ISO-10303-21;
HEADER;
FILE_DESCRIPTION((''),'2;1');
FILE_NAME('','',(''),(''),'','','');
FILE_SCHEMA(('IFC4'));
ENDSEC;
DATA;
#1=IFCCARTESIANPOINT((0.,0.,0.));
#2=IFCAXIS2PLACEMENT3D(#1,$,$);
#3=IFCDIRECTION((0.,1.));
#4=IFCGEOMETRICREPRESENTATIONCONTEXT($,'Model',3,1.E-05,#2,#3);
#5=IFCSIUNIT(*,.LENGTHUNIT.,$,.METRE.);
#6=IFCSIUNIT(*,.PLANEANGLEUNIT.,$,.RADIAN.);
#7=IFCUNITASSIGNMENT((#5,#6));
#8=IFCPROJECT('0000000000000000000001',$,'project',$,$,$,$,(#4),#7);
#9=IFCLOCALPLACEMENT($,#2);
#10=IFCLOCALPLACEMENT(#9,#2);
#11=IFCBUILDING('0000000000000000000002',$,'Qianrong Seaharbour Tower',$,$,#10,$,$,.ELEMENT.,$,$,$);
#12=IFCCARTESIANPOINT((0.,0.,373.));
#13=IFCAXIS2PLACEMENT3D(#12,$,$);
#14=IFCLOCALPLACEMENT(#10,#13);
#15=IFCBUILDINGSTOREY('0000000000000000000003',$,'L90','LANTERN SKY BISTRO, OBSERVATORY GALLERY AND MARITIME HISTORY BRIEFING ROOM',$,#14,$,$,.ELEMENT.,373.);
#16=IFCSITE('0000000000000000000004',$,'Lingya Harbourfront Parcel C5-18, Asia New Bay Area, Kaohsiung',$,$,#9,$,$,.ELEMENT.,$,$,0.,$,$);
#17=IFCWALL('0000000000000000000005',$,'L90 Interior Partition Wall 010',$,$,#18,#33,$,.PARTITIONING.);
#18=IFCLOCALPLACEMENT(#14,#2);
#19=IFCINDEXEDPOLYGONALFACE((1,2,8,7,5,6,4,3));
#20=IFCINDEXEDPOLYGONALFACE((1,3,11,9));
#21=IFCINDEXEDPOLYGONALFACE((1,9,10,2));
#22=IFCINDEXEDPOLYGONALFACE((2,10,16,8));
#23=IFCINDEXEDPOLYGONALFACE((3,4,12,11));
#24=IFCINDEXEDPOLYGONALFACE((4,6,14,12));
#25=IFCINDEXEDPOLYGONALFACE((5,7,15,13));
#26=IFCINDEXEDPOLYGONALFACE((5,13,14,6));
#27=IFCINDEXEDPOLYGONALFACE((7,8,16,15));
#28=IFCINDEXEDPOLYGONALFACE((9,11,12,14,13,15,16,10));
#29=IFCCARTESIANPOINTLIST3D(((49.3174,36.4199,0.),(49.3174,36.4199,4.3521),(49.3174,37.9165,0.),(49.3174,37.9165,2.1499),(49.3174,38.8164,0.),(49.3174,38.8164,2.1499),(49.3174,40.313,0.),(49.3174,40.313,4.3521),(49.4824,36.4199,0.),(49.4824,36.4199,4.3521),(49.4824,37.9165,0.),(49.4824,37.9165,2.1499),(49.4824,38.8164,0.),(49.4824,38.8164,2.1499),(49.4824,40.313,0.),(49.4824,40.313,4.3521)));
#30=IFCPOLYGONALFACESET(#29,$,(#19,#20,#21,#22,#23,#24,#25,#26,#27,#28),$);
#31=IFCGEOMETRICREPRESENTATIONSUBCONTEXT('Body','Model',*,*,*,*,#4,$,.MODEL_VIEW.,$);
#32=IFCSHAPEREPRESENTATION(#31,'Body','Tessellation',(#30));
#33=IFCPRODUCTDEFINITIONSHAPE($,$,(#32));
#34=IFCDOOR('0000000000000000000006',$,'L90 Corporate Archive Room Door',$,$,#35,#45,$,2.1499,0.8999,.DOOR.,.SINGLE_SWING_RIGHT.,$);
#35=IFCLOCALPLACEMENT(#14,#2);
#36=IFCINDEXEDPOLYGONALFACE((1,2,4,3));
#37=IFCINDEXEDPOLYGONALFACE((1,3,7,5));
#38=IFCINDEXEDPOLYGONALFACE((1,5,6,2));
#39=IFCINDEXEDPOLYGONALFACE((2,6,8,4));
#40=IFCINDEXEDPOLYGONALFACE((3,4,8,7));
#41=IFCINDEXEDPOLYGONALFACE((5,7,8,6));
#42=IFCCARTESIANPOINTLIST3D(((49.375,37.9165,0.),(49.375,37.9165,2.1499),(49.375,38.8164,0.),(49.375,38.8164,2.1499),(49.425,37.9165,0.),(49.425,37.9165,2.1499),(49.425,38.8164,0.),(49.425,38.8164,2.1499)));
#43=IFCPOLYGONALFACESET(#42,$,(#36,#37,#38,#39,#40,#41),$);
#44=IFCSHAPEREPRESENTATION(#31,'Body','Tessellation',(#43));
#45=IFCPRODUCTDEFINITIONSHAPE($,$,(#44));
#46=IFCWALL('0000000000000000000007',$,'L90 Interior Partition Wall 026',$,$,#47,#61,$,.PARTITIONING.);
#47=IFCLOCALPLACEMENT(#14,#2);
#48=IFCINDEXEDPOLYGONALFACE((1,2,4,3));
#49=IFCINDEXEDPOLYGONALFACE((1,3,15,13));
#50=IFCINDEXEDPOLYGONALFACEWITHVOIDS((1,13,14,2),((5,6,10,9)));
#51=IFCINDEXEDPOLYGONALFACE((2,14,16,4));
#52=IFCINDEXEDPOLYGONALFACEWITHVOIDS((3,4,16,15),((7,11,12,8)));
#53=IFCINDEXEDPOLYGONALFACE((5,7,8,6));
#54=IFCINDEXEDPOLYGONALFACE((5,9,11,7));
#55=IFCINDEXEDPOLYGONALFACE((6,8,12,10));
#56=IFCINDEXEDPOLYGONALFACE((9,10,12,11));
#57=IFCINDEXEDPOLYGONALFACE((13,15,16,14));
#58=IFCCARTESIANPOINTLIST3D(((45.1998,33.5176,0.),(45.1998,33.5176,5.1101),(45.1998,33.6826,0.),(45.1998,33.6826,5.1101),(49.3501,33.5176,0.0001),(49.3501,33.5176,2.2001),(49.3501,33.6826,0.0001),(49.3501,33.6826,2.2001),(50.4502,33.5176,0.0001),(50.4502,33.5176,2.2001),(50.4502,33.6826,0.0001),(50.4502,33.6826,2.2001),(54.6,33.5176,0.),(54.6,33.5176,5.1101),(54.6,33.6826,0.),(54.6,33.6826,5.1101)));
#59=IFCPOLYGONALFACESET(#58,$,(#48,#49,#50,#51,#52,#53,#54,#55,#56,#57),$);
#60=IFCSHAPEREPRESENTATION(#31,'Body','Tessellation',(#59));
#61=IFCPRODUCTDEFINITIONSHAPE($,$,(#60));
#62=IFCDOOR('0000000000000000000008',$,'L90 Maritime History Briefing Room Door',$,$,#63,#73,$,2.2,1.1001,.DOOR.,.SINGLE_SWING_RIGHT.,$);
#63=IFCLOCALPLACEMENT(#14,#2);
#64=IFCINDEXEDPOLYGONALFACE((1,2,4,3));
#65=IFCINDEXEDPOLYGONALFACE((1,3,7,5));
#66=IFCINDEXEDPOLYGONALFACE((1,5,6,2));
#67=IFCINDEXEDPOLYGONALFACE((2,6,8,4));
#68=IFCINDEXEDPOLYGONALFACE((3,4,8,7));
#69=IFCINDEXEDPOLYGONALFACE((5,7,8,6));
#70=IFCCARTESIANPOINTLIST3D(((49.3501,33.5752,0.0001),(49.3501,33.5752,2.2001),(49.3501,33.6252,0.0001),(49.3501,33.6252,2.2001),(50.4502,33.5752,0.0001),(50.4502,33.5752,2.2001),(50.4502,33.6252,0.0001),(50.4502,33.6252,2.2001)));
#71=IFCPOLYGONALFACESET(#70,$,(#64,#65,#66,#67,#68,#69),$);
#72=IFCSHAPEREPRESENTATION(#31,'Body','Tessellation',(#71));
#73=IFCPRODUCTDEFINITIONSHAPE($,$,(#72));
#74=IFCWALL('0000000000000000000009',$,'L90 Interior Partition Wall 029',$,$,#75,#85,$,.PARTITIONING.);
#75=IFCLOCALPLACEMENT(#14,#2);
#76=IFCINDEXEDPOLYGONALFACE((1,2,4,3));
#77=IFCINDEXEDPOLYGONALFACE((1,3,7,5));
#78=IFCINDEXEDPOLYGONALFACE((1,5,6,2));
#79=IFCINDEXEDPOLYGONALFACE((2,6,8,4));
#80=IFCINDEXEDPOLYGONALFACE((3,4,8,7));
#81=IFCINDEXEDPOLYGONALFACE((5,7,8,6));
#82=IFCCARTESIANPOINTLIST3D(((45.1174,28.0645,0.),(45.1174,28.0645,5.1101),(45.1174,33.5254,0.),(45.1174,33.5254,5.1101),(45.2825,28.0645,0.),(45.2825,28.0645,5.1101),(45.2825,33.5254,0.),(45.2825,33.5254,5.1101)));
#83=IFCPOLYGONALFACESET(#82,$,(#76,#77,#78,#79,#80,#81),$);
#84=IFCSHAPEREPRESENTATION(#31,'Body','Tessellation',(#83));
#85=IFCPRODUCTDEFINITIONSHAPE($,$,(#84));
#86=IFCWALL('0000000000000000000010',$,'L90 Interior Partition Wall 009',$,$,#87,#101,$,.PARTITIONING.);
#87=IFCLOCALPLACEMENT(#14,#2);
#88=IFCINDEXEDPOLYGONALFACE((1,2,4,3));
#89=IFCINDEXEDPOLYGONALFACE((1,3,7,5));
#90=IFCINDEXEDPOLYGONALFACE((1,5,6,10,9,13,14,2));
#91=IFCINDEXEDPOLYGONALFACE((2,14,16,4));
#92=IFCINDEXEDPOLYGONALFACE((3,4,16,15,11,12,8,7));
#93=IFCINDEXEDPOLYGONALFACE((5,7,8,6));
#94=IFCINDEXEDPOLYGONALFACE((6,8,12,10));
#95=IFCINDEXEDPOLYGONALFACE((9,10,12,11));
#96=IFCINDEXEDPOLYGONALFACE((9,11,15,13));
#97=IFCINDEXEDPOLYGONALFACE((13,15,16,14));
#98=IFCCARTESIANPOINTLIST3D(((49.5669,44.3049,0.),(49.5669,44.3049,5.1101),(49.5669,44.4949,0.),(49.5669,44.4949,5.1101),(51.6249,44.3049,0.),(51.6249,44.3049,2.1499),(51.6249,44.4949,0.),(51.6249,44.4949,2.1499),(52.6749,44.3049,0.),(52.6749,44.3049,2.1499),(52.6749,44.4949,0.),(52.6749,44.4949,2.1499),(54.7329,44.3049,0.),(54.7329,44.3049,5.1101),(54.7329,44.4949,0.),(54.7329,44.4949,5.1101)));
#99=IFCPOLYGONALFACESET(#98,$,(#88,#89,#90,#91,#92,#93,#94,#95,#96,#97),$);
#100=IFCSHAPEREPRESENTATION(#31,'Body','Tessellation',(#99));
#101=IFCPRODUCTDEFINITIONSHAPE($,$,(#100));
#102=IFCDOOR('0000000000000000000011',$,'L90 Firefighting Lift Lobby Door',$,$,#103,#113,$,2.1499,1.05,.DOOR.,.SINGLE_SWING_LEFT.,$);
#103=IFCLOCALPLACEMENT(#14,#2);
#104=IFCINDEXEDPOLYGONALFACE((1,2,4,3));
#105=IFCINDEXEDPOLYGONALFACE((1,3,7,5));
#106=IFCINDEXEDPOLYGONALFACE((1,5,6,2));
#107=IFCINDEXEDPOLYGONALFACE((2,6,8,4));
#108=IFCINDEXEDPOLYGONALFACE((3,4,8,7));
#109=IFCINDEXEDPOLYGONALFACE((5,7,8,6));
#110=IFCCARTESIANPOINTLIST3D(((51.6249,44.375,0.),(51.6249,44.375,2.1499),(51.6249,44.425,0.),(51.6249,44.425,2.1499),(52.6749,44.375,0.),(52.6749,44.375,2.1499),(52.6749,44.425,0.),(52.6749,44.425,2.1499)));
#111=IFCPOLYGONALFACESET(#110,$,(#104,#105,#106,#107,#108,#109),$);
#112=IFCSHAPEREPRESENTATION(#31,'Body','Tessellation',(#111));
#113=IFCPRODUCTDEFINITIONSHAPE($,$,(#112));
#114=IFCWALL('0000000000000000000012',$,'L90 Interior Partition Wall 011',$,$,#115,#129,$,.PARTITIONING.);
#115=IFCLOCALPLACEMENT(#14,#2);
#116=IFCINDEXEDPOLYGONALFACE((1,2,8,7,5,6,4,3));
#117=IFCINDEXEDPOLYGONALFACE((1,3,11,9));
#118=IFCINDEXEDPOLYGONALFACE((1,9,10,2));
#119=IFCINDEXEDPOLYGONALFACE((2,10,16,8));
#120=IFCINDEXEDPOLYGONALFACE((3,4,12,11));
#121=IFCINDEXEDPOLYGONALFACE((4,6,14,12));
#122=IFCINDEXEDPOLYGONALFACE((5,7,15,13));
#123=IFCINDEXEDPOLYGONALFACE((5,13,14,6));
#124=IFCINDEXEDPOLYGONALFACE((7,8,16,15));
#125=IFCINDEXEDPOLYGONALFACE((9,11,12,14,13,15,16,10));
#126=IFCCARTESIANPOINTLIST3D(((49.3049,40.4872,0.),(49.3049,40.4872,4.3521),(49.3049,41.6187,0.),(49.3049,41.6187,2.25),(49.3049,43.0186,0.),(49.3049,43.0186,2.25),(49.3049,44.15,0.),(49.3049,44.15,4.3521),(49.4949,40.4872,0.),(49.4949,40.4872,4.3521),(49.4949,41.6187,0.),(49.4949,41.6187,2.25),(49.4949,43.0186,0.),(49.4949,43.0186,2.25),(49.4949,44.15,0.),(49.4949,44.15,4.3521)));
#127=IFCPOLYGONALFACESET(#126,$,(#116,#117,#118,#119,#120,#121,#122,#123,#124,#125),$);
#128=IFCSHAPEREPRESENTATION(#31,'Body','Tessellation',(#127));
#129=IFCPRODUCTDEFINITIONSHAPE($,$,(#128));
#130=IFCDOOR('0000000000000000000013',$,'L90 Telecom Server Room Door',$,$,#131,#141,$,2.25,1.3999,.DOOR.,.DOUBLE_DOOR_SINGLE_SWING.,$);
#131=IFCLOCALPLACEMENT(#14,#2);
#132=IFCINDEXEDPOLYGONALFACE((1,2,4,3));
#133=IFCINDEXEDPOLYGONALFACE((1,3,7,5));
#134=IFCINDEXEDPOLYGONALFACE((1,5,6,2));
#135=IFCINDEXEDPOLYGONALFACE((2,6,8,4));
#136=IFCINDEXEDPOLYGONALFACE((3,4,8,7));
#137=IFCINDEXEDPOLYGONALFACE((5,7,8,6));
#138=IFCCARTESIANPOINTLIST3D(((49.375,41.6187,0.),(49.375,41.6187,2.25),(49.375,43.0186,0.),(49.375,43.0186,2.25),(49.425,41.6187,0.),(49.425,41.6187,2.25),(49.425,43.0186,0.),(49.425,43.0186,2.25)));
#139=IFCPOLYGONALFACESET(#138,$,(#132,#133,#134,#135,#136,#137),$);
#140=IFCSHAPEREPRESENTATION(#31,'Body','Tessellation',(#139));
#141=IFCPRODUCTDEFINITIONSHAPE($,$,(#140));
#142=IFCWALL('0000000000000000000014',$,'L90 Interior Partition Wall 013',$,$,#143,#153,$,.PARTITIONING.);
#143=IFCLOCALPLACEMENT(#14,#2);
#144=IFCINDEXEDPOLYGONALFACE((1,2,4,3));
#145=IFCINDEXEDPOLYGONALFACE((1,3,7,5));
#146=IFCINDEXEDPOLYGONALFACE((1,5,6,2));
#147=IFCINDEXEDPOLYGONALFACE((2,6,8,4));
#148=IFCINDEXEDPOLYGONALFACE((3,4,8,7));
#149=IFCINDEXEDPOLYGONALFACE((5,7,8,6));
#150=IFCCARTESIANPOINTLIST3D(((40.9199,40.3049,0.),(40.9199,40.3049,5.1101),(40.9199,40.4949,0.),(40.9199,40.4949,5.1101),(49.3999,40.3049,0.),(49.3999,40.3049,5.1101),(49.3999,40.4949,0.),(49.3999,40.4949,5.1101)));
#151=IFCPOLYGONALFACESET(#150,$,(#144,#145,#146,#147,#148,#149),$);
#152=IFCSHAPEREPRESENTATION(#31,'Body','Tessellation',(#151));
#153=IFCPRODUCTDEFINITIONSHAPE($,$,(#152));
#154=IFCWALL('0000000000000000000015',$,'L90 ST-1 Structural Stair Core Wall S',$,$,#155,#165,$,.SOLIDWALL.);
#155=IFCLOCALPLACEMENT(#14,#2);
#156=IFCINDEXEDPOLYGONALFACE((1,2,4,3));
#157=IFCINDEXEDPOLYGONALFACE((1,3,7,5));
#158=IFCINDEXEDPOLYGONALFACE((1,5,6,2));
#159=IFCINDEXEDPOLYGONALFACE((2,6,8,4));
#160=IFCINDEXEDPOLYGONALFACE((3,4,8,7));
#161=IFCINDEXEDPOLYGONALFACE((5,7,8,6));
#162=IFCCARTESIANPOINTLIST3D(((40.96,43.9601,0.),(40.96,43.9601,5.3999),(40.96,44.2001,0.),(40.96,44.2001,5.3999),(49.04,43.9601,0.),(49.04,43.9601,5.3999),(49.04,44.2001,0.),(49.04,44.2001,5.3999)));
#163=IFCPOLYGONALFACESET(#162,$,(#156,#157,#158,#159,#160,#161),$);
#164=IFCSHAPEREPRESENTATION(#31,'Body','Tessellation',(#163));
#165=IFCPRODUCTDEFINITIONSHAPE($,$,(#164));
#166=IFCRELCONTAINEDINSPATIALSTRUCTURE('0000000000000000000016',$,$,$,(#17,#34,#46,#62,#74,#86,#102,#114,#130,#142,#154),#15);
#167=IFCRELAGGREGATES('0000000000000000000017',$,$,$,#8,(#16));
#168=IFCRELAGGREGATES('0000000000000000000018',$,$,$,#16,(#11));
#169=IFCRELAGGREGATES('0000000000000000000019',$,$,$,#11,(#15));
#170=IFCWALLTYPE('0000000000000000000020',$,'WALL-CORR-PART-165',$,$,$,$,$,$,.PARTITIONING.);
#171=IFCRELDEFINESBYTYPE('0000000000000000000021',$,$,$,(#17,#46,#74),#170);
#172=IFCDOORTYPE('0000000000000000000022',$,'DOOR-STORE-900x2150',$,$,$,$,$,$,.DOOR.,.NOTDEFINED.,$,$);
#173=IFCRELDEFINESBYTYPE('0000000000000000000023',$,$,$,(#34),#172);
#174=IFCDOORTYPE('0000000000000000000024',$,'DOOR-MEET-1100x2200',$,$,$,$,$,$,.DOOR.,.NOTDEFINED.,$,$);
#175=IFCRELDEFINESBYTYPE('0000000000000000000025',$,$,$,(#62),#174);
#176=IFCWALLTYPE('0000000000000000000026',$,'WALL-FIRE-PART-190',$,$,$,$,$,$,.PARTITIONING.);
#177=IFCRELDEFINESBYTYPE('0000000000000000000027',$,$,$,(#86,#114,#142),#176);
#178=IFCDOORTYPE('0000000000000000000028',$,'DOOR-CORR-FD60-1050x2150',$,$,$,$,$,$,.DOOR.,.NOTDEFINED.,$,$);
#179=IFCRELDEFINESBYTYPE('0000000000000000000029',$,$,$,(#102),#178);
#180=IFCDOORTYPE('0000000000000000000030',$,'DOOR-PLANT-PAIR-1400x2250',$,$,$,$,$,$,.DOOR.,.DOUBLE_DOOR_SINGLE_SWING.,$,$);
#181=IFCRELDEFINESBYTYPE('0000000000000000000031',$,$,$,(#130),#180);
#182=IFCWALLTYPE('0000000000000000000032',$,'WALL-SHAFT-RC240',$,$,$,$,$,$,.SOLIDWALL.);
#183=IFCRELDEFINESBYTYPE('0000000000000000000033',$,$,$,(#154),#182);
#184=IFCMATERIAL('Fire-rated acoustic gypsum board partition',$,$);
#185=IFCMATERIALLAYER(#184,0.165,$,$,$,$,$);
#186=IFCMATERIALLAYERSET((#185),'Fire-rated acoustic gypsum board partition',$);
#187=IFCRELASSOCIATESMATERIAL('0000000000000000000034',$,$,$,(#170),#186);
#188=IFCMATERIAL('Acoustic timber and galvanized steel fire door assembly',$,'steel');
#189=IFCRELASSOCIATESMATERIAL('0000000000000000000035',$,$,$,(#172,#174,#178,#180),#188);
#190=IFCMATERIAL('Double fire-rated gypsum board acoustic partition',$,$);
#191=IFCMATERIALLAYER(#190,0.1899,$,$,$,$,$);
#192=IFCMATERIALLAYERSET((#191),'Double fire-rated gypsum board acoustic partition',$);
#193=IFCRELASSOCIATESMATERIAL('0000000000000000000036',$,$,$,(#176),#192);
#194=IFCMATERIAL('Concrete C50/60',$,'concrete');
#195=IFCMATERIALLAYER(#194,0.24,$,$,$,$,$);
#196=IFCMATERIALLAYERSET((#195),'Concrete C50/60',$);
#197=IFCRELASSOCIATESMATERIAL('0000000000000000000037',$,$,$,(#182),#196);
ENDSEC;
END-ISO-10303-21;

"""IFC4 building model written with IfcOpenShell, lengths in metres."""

from ifc_helpers import new_model, si_unit, direction, frame, frame_2d, origin, place, context, subcontext, project, spatial, rectangle, extrude, material, layer, layer_set, type_object, element, fill, save


model = new_model("IFC4")

# Units and contexts
model_context = context("Model", 3, precision=1e-05, world=origin(), true_north=direction((0.0, 1.0)))
body_context = subcontext(model_context, "Body", "Model", "MODEL_VIEW")
ifc_project = project(units=[si_unit("LENGTHUNIT", "METRE"), si_unit("PLANEANGLEUNIT", "RADIAN")], contexts=[model_context])

# Site, building, storey
site_placement = place(None, origin())
site = spatial("IfcSite", under=ifc_project, at=site_placement, Name="Lingya Harbourfront Parcel C5-18, Asia New Bay Area, Kaohsiung", CompositionType="ELEMENT", RefElevation=0.0)
building_placement = place(site_placement, origin())
building = spatial("IfcBuilding", under=site, at=building_placement, Name="Qianrong Seaharbour Tower", CompositionType="ELEMENT")
storey_placement = place(building_placement, frame((0.0, 0.0, 373.0)))
storey = spatial("IfcBuildingStorey", under=building, at=storey_placement, Name="L90", Description="LANTERN SKY BISTRO, OBSERVATORY GALLERY AND MARITIME HISTORY BRIEFING ROOM", CompositionType="ELEMENT", Elevation=373.0)

# Shared definitions
ifc_material_1 = material(Name="Concrete C50/60", Category="concrete")

# Walls, openings, doors
ifc_material_2 = material(Name="Fire-rated acoustic gypsum board partition")
ifc_layer_1 = layer(ifc_material_2, 0.165)
ifc_layer_set_1 = layer_set([ifc_layer_1], Name="Fire-rated acoustic gypsum board partition")
wall_type_1 = type_object("IfcWallType", Name="WALL-CORR-PART-165", PredefinedType="PARTITIONING", material=ifc_layer_set_1)
wall_1_placement = place(storey_placement, frame((49.3999, 36.4199, 0.0), z_axis=(0.0, 0.0, 1.0), x_axis=(0.0, 1.0, 0.0)))
wall_1 = element("IfcWall", 1, at=wall_1_placement, inside=storey, type_object=wall_type_1, Name="L90 Interior Partition Wall 010", PredefinedType="PARTITIONING", context=body_context, shape_type="SweptSolid", body=[
    extrude(rectangle(XDim=3.8931, YDim=0.165, at=frame_2d((1.9465, 0.0))), origin(), (0.0, 0.0, 1.0), 4.3521),
])
opening_1_placement = place(wall_1_placement, frame((1.4966, 0.0, 0.0)))
opening_1 = element("IfcOpeningElement", 2, at=opening_1_placement, cuts=wall_1, PredefinedType="OPENING", context=body_context, shape_type="SweptSolid", body=[
    extrude(rectangle(XDim=0.8999, YDim=2.1499, at=frame_2d((0.45, 1.075))), frame((0.0, 0.0925, 0.0), z_axis=(0.0, -1.0, 0.0), x_axis=(1.0, 0.0, 0.0)), (0.0, 0.0, 1.0), 0.1851),
])
ifc_material_3 = material(Name="Acoustic timber and galvanized steel fire door assembly", Category="steel")
door_type_1 = type_object("IfcDoorType", Name="DOOR-STORE-900x2150", OperationType="NOTDEFINED", PredefinedType="DOOR", material=ifc_material_3)
door_1_placement = place(opening_1_placement, origin())
door_1 = element("IfcDoor", 3, at=door_1_placement, inside=storey, type_object=door_type_1, Name="L90 Corporate Archive Room Door", OperationType="SINGLE_SWING_RIGHT", OverallHeight=2.1499, OverallWidth=0.8999, PredefinedType="DOOR", context=body_context, shape_type="SweptSolid", body=[
    extrude(rectangle(XDim=0.8999, YDim=2.1499, at=frame_2d((0.45, 1.075))), frame((0.0, 0.0249, 0.0), z_axis=(0.0, -1.0, 0.0), x_axis=(1.0, 0.0, 0.0)), (0.0, 0.0, 1.0), 0.05),
])
fill(opening_1, door_1)
wall_2_placement = place(storey_placement, frame((54.6001, 33.6001, 0.0), z_axis=(0.0, 0.0, 1.0), x_axis=(-1.0, 0.0, 0.0)))
wall_2 = element("IfcWall", 4, at=wall_2_placement, inside=storey, type_object=wall_type_1, Name="L90 Interior Partition Wall 026", PredefinedType="PARTITIONING", context=body_context, shape_type="SweptSolid", body=[
    extrude(rectangle(XDim=9.4001, YDim=0.165, at=frame_2d((4.7002, 0.0))), origin(), (0.0, 0.0, 1.0), 5.1101),
])
opening_2_placement = place(wall_2_placement, frame((4.1499, 0.0, 0.0)))
opening_2 = element("IfcOpeningElement", 5, at=opening_2_placement, cuts=wall_2, PredefinedType="OPENING", context=body_context, shape_type="SweptSolid", body=[
    extrude(rectangle(XDim=1.1001, YDim=2.2, at=frame_2d((0.55, 1.1001))), frame((0.0, 0.0925, 0.0), z_axis=(0.0, -1.0, 0.0), x_axis=(1.0, 0.0, 0.0)), (0.0, 0.0, 1.0), 0.1851),
])
door_type_2 = type_object("IfcDoorType", Name="DOOR-MEET-1100x2200", OperationType="NOTDEFINED", PredefinedType="DOOR", material=ifc_material_3)
door_2_placement = place(opening_2_placement, origin())
door_2 = element("IfcDoor", 6, at=door_2_placement, inside=storey, type_object=door_type_2, Name="L90 Maritime History Briefing Room Door", OperationType="SINGLE_SWING_RIGHT", OverallHeight=2.2, OverallWidth=1.1001, PredefinedType="DOOR", context=body_context, shape_type="SweptSolid", body=[
    extrude(rectangle(XDim=1.1001, YDim=2.2, at=frame_2d((0.55, 1.1001))), frame((0.0, 0.0249, 0.0), z_axis=(0.0, -1.0, 0.0), x_axis=(1.0, 0.0, 0.0)), (0.0, 0.0, 1.0), 0.05),
])
fill(opening_2, door_2)

# Wall
wall_3_placement = place(storey_placement, frame((45.2, 33.5254, 0.0), z_axis=(0.0, 0.0, 1.0), x_axis=(0.0, -1.0, 0.0)))
element("IfcWall", 7, at=wall_3_placement, inside=storey, type_object=wall_type_1, Name="L90 Interior Partition Wall 029", PredefinedType="PARTITIONING", context=body_context, shape_type="SweptSolid", body=[
    extrude(rectangle(XDim=5.4609, YDim=0.165, at=frame_2d((2.7305, 0.0))), origin(), (0.0, 0.0, 1.0), 5.1101),
])

# Walls, openings, doors
ifc_material_4 = material(Name="Double fire-rated gypsum board acoustic partition")
ifc_layer_2 = layer(ifc_material_4, 0.1899)
ifc_layer_set_2 = layer_set([ifc_layer_2], Name="Double fire-rated gypsum board acoustic partition")
wall_type_2 = type_object("IfcWallType", Name="WALL-FIRE-PART-190", PredefinedType="PARTITIONING", material=ifc_layer_set_2)
wall_4_placement = place(storey_placement, frame((54.7329, 44.3999, 0.0), z_axis=(0.0, 0.0, 1.0), x_axis=(-1.0, 0.0, 0.0)))
wall_4 = element("IfcWall", 8, at=wall_4_placement, inside=storey, type_object=wall_type_2, Name="L90 Interior Partition Wall 009", PredefinedType="PARTITIONING", context=body_context, shape_type="SweptSolid", body=[
    extrude(rectangle(XDim=5.166, YDim=0.1899, at=frame_2d((2.583, 0.0))), origin(), (0.0, 0.0, 1.0), 5.1101),
])
opening_3_placement = place(wall_4_placement, frame((2.0581, 0.0, 0.0)))
opening_3 = element("IfcOpeningElement", 9, at=opening_3_placement, cuts=wall_4, PredefinedType="OPENING", context=body_context, shape_type="SweptSolid", body=[
    extrude(rectangle(XDim=1.05, YDim=2.1499, at=frame_2d((0.5249, 1.075))), frame((0.0, 0.105, 0.0), z_axis=(0.0, -1.0, 0.0), x_axis=(1.0, 0.0, 0.0)), (0.0, 0.0, 1.0), 0.21),
])
door_type_3 = type_object("IfcDoorType", Name="DOOR-CORR-FD60-1050x2150", OperationType="NOTDEFINED", PredefinedType="DOOR", material=ifc_material_3)
door_3_placement = place(opening_3_placement, origin())
door_3 = element("IfcDoor", 10, at=door_3_placement, inside=storey, type_object=door_type_3, Name="L90 Firefighting Lift Lobby Door", OperationType="SINGLE_SWING_LEFT", OverallHeight=2.1499, OverallWidth=1.05, PredefinedType="DOOR", context=body_context, shape_type="SweptSolid", body=[
    extrude(rectangle(XDim=1.05, YDim=2.1499, at=frame_2d((0.5249, 1.075))), frame((0.0, 0.0249, 0.0), z_axis=(0.0, -1.0, 0.0), x_axis=(1.0, 0.0, 0.0)), (0.0, 0.0, 1.0), 0.05),
])
fill(opening_3, door_3)
wall_5_placement = place(storey_placement, frame((49.3999, 40.4871, 0.0), z_axis=(0.0, 0.0, 1.0), x_axis=(0.0, 1.0, 0.0)))
wall_5 = element("IfcWall", 11, at=wall_5_placement, inside=storey, type_object=wall_type_2, Name="L90 Interior Partition Wall 011", PredefinedType="PARTITIONING", context=body_context, shape_type="SweptSolid", body=[
    extrude(rectangle(XDim=3.6628, YDim=0.1899, at=frame_2d((1.8315, 0.0))), origin(), (0.0, 0.0, 1.0), 4.3521),
])
opening_4_placement = place(wall_5_placement, frame((1.1316, 0.0, 0.0)))
opening_4 = element("IfcOpeningElement", 12, at=opening_4_placement, cuts=wall_5, PredefinedType="OPENING", context=body_context, shape_type="SweptSolid", body=[
    extrude(rectangle(XDim=1.3999, YDim=2.25, at=frame_2d((0.7, 1.125))), frame((0.0, 0.105, 0.0), z_axis=(0.0, -1.0, 0.0), x_axis=(1.0, 0.0, 0.0)), (0.0, 0.0, 1.0), 0.21),
])
door_type_4 = type_object("IfcDoorType", Name="DOOR-PLANT-PAIR-1400x2250", OperationType="DOUBLE_DOOR_SINGLE_SWING", PredefinedType="DOOR", material=ifc_material_3)
door_4_placement = place(opening_4_placement, origin())
door_4 = element("IfcDoor", 13, at=door_4_placement, inside=storey, type_object=door_type_4, Name="L90 Telecom Server Room Door", OperationType="DOUBLE_DOOR_SINGLE_SWING", OverallHeight=2.25, OverallWidth=1.3999, PredefinedType="DOOR", context=body_context, shape_type="SweptSolid", body=[
    extrude(rectangle(XDim=1.3999, YDim=2.25, at=frame_2d((0.7, 1.125))), frame((0.0, 0.0249, 0.0), z_axis=(0.0, -1.0, 0.0), x_axis=(1.0, 0.0, 0.0)), (0.0, 0.0, 1.0), 0.05),
])
fill(opening_4, door_4)

# Walls
wall_6_placement = place(storey_placement, frame((40.9199, 40.3999, 0.0), z_axis=(0.0, 0.0, 1.0), x_axis=(1.0, 0.0, 0.0)))
element("IfcWall", 14, at=wall_6_placement, inside=storey, type_object=wall_type_2, Name="L90 Interior Partition Wall 013", PredefinedType="PARTITIONING", context=body_context, shape_type="SweptSolid", body=[
    extrude(rectangle(XDim=8.48, YDim=0.1899, at=frame_2d((4.24, 0.0))), origin(), (0.0, 0.0, 1.0), 5.1101),
])
ifc_layer_3 = layer(ifc_material_1, 0.24)
ifc_layer_set_3 = layer_set([ifc_layer_3], Name="Concrete C50/60")
wall_type_3 = type_object("IfcWallType", Name="WALL-SHAFT-RC240", PredefinedType="SOLIDWALL", material=ifc_layer_set_3)
wall_7_placement = place(storey_placement, frame((49.04, 44.0801, 0.0), z_axis=(0.0, 0.0, 1.0), x_axis=(-1.0, 0.0, 0.0)))
element("IfcWall", 15, at=wall_7_placement, inside=storey, type_object=wall_type_3, Name="L90 ST-1 Structural Stair Core Wall S", PredefinedType="SOLIDWALL", context=body_context, shape_type="SweptSolid", body=[
    extrude(rectangle(XDim=8.0801, YDim=0.24, at=frame_2d((4.04, 0.0))), origin(), (0.0, 0.0, 1.0), 5.3999),
])

save(model, "model.ifc")
